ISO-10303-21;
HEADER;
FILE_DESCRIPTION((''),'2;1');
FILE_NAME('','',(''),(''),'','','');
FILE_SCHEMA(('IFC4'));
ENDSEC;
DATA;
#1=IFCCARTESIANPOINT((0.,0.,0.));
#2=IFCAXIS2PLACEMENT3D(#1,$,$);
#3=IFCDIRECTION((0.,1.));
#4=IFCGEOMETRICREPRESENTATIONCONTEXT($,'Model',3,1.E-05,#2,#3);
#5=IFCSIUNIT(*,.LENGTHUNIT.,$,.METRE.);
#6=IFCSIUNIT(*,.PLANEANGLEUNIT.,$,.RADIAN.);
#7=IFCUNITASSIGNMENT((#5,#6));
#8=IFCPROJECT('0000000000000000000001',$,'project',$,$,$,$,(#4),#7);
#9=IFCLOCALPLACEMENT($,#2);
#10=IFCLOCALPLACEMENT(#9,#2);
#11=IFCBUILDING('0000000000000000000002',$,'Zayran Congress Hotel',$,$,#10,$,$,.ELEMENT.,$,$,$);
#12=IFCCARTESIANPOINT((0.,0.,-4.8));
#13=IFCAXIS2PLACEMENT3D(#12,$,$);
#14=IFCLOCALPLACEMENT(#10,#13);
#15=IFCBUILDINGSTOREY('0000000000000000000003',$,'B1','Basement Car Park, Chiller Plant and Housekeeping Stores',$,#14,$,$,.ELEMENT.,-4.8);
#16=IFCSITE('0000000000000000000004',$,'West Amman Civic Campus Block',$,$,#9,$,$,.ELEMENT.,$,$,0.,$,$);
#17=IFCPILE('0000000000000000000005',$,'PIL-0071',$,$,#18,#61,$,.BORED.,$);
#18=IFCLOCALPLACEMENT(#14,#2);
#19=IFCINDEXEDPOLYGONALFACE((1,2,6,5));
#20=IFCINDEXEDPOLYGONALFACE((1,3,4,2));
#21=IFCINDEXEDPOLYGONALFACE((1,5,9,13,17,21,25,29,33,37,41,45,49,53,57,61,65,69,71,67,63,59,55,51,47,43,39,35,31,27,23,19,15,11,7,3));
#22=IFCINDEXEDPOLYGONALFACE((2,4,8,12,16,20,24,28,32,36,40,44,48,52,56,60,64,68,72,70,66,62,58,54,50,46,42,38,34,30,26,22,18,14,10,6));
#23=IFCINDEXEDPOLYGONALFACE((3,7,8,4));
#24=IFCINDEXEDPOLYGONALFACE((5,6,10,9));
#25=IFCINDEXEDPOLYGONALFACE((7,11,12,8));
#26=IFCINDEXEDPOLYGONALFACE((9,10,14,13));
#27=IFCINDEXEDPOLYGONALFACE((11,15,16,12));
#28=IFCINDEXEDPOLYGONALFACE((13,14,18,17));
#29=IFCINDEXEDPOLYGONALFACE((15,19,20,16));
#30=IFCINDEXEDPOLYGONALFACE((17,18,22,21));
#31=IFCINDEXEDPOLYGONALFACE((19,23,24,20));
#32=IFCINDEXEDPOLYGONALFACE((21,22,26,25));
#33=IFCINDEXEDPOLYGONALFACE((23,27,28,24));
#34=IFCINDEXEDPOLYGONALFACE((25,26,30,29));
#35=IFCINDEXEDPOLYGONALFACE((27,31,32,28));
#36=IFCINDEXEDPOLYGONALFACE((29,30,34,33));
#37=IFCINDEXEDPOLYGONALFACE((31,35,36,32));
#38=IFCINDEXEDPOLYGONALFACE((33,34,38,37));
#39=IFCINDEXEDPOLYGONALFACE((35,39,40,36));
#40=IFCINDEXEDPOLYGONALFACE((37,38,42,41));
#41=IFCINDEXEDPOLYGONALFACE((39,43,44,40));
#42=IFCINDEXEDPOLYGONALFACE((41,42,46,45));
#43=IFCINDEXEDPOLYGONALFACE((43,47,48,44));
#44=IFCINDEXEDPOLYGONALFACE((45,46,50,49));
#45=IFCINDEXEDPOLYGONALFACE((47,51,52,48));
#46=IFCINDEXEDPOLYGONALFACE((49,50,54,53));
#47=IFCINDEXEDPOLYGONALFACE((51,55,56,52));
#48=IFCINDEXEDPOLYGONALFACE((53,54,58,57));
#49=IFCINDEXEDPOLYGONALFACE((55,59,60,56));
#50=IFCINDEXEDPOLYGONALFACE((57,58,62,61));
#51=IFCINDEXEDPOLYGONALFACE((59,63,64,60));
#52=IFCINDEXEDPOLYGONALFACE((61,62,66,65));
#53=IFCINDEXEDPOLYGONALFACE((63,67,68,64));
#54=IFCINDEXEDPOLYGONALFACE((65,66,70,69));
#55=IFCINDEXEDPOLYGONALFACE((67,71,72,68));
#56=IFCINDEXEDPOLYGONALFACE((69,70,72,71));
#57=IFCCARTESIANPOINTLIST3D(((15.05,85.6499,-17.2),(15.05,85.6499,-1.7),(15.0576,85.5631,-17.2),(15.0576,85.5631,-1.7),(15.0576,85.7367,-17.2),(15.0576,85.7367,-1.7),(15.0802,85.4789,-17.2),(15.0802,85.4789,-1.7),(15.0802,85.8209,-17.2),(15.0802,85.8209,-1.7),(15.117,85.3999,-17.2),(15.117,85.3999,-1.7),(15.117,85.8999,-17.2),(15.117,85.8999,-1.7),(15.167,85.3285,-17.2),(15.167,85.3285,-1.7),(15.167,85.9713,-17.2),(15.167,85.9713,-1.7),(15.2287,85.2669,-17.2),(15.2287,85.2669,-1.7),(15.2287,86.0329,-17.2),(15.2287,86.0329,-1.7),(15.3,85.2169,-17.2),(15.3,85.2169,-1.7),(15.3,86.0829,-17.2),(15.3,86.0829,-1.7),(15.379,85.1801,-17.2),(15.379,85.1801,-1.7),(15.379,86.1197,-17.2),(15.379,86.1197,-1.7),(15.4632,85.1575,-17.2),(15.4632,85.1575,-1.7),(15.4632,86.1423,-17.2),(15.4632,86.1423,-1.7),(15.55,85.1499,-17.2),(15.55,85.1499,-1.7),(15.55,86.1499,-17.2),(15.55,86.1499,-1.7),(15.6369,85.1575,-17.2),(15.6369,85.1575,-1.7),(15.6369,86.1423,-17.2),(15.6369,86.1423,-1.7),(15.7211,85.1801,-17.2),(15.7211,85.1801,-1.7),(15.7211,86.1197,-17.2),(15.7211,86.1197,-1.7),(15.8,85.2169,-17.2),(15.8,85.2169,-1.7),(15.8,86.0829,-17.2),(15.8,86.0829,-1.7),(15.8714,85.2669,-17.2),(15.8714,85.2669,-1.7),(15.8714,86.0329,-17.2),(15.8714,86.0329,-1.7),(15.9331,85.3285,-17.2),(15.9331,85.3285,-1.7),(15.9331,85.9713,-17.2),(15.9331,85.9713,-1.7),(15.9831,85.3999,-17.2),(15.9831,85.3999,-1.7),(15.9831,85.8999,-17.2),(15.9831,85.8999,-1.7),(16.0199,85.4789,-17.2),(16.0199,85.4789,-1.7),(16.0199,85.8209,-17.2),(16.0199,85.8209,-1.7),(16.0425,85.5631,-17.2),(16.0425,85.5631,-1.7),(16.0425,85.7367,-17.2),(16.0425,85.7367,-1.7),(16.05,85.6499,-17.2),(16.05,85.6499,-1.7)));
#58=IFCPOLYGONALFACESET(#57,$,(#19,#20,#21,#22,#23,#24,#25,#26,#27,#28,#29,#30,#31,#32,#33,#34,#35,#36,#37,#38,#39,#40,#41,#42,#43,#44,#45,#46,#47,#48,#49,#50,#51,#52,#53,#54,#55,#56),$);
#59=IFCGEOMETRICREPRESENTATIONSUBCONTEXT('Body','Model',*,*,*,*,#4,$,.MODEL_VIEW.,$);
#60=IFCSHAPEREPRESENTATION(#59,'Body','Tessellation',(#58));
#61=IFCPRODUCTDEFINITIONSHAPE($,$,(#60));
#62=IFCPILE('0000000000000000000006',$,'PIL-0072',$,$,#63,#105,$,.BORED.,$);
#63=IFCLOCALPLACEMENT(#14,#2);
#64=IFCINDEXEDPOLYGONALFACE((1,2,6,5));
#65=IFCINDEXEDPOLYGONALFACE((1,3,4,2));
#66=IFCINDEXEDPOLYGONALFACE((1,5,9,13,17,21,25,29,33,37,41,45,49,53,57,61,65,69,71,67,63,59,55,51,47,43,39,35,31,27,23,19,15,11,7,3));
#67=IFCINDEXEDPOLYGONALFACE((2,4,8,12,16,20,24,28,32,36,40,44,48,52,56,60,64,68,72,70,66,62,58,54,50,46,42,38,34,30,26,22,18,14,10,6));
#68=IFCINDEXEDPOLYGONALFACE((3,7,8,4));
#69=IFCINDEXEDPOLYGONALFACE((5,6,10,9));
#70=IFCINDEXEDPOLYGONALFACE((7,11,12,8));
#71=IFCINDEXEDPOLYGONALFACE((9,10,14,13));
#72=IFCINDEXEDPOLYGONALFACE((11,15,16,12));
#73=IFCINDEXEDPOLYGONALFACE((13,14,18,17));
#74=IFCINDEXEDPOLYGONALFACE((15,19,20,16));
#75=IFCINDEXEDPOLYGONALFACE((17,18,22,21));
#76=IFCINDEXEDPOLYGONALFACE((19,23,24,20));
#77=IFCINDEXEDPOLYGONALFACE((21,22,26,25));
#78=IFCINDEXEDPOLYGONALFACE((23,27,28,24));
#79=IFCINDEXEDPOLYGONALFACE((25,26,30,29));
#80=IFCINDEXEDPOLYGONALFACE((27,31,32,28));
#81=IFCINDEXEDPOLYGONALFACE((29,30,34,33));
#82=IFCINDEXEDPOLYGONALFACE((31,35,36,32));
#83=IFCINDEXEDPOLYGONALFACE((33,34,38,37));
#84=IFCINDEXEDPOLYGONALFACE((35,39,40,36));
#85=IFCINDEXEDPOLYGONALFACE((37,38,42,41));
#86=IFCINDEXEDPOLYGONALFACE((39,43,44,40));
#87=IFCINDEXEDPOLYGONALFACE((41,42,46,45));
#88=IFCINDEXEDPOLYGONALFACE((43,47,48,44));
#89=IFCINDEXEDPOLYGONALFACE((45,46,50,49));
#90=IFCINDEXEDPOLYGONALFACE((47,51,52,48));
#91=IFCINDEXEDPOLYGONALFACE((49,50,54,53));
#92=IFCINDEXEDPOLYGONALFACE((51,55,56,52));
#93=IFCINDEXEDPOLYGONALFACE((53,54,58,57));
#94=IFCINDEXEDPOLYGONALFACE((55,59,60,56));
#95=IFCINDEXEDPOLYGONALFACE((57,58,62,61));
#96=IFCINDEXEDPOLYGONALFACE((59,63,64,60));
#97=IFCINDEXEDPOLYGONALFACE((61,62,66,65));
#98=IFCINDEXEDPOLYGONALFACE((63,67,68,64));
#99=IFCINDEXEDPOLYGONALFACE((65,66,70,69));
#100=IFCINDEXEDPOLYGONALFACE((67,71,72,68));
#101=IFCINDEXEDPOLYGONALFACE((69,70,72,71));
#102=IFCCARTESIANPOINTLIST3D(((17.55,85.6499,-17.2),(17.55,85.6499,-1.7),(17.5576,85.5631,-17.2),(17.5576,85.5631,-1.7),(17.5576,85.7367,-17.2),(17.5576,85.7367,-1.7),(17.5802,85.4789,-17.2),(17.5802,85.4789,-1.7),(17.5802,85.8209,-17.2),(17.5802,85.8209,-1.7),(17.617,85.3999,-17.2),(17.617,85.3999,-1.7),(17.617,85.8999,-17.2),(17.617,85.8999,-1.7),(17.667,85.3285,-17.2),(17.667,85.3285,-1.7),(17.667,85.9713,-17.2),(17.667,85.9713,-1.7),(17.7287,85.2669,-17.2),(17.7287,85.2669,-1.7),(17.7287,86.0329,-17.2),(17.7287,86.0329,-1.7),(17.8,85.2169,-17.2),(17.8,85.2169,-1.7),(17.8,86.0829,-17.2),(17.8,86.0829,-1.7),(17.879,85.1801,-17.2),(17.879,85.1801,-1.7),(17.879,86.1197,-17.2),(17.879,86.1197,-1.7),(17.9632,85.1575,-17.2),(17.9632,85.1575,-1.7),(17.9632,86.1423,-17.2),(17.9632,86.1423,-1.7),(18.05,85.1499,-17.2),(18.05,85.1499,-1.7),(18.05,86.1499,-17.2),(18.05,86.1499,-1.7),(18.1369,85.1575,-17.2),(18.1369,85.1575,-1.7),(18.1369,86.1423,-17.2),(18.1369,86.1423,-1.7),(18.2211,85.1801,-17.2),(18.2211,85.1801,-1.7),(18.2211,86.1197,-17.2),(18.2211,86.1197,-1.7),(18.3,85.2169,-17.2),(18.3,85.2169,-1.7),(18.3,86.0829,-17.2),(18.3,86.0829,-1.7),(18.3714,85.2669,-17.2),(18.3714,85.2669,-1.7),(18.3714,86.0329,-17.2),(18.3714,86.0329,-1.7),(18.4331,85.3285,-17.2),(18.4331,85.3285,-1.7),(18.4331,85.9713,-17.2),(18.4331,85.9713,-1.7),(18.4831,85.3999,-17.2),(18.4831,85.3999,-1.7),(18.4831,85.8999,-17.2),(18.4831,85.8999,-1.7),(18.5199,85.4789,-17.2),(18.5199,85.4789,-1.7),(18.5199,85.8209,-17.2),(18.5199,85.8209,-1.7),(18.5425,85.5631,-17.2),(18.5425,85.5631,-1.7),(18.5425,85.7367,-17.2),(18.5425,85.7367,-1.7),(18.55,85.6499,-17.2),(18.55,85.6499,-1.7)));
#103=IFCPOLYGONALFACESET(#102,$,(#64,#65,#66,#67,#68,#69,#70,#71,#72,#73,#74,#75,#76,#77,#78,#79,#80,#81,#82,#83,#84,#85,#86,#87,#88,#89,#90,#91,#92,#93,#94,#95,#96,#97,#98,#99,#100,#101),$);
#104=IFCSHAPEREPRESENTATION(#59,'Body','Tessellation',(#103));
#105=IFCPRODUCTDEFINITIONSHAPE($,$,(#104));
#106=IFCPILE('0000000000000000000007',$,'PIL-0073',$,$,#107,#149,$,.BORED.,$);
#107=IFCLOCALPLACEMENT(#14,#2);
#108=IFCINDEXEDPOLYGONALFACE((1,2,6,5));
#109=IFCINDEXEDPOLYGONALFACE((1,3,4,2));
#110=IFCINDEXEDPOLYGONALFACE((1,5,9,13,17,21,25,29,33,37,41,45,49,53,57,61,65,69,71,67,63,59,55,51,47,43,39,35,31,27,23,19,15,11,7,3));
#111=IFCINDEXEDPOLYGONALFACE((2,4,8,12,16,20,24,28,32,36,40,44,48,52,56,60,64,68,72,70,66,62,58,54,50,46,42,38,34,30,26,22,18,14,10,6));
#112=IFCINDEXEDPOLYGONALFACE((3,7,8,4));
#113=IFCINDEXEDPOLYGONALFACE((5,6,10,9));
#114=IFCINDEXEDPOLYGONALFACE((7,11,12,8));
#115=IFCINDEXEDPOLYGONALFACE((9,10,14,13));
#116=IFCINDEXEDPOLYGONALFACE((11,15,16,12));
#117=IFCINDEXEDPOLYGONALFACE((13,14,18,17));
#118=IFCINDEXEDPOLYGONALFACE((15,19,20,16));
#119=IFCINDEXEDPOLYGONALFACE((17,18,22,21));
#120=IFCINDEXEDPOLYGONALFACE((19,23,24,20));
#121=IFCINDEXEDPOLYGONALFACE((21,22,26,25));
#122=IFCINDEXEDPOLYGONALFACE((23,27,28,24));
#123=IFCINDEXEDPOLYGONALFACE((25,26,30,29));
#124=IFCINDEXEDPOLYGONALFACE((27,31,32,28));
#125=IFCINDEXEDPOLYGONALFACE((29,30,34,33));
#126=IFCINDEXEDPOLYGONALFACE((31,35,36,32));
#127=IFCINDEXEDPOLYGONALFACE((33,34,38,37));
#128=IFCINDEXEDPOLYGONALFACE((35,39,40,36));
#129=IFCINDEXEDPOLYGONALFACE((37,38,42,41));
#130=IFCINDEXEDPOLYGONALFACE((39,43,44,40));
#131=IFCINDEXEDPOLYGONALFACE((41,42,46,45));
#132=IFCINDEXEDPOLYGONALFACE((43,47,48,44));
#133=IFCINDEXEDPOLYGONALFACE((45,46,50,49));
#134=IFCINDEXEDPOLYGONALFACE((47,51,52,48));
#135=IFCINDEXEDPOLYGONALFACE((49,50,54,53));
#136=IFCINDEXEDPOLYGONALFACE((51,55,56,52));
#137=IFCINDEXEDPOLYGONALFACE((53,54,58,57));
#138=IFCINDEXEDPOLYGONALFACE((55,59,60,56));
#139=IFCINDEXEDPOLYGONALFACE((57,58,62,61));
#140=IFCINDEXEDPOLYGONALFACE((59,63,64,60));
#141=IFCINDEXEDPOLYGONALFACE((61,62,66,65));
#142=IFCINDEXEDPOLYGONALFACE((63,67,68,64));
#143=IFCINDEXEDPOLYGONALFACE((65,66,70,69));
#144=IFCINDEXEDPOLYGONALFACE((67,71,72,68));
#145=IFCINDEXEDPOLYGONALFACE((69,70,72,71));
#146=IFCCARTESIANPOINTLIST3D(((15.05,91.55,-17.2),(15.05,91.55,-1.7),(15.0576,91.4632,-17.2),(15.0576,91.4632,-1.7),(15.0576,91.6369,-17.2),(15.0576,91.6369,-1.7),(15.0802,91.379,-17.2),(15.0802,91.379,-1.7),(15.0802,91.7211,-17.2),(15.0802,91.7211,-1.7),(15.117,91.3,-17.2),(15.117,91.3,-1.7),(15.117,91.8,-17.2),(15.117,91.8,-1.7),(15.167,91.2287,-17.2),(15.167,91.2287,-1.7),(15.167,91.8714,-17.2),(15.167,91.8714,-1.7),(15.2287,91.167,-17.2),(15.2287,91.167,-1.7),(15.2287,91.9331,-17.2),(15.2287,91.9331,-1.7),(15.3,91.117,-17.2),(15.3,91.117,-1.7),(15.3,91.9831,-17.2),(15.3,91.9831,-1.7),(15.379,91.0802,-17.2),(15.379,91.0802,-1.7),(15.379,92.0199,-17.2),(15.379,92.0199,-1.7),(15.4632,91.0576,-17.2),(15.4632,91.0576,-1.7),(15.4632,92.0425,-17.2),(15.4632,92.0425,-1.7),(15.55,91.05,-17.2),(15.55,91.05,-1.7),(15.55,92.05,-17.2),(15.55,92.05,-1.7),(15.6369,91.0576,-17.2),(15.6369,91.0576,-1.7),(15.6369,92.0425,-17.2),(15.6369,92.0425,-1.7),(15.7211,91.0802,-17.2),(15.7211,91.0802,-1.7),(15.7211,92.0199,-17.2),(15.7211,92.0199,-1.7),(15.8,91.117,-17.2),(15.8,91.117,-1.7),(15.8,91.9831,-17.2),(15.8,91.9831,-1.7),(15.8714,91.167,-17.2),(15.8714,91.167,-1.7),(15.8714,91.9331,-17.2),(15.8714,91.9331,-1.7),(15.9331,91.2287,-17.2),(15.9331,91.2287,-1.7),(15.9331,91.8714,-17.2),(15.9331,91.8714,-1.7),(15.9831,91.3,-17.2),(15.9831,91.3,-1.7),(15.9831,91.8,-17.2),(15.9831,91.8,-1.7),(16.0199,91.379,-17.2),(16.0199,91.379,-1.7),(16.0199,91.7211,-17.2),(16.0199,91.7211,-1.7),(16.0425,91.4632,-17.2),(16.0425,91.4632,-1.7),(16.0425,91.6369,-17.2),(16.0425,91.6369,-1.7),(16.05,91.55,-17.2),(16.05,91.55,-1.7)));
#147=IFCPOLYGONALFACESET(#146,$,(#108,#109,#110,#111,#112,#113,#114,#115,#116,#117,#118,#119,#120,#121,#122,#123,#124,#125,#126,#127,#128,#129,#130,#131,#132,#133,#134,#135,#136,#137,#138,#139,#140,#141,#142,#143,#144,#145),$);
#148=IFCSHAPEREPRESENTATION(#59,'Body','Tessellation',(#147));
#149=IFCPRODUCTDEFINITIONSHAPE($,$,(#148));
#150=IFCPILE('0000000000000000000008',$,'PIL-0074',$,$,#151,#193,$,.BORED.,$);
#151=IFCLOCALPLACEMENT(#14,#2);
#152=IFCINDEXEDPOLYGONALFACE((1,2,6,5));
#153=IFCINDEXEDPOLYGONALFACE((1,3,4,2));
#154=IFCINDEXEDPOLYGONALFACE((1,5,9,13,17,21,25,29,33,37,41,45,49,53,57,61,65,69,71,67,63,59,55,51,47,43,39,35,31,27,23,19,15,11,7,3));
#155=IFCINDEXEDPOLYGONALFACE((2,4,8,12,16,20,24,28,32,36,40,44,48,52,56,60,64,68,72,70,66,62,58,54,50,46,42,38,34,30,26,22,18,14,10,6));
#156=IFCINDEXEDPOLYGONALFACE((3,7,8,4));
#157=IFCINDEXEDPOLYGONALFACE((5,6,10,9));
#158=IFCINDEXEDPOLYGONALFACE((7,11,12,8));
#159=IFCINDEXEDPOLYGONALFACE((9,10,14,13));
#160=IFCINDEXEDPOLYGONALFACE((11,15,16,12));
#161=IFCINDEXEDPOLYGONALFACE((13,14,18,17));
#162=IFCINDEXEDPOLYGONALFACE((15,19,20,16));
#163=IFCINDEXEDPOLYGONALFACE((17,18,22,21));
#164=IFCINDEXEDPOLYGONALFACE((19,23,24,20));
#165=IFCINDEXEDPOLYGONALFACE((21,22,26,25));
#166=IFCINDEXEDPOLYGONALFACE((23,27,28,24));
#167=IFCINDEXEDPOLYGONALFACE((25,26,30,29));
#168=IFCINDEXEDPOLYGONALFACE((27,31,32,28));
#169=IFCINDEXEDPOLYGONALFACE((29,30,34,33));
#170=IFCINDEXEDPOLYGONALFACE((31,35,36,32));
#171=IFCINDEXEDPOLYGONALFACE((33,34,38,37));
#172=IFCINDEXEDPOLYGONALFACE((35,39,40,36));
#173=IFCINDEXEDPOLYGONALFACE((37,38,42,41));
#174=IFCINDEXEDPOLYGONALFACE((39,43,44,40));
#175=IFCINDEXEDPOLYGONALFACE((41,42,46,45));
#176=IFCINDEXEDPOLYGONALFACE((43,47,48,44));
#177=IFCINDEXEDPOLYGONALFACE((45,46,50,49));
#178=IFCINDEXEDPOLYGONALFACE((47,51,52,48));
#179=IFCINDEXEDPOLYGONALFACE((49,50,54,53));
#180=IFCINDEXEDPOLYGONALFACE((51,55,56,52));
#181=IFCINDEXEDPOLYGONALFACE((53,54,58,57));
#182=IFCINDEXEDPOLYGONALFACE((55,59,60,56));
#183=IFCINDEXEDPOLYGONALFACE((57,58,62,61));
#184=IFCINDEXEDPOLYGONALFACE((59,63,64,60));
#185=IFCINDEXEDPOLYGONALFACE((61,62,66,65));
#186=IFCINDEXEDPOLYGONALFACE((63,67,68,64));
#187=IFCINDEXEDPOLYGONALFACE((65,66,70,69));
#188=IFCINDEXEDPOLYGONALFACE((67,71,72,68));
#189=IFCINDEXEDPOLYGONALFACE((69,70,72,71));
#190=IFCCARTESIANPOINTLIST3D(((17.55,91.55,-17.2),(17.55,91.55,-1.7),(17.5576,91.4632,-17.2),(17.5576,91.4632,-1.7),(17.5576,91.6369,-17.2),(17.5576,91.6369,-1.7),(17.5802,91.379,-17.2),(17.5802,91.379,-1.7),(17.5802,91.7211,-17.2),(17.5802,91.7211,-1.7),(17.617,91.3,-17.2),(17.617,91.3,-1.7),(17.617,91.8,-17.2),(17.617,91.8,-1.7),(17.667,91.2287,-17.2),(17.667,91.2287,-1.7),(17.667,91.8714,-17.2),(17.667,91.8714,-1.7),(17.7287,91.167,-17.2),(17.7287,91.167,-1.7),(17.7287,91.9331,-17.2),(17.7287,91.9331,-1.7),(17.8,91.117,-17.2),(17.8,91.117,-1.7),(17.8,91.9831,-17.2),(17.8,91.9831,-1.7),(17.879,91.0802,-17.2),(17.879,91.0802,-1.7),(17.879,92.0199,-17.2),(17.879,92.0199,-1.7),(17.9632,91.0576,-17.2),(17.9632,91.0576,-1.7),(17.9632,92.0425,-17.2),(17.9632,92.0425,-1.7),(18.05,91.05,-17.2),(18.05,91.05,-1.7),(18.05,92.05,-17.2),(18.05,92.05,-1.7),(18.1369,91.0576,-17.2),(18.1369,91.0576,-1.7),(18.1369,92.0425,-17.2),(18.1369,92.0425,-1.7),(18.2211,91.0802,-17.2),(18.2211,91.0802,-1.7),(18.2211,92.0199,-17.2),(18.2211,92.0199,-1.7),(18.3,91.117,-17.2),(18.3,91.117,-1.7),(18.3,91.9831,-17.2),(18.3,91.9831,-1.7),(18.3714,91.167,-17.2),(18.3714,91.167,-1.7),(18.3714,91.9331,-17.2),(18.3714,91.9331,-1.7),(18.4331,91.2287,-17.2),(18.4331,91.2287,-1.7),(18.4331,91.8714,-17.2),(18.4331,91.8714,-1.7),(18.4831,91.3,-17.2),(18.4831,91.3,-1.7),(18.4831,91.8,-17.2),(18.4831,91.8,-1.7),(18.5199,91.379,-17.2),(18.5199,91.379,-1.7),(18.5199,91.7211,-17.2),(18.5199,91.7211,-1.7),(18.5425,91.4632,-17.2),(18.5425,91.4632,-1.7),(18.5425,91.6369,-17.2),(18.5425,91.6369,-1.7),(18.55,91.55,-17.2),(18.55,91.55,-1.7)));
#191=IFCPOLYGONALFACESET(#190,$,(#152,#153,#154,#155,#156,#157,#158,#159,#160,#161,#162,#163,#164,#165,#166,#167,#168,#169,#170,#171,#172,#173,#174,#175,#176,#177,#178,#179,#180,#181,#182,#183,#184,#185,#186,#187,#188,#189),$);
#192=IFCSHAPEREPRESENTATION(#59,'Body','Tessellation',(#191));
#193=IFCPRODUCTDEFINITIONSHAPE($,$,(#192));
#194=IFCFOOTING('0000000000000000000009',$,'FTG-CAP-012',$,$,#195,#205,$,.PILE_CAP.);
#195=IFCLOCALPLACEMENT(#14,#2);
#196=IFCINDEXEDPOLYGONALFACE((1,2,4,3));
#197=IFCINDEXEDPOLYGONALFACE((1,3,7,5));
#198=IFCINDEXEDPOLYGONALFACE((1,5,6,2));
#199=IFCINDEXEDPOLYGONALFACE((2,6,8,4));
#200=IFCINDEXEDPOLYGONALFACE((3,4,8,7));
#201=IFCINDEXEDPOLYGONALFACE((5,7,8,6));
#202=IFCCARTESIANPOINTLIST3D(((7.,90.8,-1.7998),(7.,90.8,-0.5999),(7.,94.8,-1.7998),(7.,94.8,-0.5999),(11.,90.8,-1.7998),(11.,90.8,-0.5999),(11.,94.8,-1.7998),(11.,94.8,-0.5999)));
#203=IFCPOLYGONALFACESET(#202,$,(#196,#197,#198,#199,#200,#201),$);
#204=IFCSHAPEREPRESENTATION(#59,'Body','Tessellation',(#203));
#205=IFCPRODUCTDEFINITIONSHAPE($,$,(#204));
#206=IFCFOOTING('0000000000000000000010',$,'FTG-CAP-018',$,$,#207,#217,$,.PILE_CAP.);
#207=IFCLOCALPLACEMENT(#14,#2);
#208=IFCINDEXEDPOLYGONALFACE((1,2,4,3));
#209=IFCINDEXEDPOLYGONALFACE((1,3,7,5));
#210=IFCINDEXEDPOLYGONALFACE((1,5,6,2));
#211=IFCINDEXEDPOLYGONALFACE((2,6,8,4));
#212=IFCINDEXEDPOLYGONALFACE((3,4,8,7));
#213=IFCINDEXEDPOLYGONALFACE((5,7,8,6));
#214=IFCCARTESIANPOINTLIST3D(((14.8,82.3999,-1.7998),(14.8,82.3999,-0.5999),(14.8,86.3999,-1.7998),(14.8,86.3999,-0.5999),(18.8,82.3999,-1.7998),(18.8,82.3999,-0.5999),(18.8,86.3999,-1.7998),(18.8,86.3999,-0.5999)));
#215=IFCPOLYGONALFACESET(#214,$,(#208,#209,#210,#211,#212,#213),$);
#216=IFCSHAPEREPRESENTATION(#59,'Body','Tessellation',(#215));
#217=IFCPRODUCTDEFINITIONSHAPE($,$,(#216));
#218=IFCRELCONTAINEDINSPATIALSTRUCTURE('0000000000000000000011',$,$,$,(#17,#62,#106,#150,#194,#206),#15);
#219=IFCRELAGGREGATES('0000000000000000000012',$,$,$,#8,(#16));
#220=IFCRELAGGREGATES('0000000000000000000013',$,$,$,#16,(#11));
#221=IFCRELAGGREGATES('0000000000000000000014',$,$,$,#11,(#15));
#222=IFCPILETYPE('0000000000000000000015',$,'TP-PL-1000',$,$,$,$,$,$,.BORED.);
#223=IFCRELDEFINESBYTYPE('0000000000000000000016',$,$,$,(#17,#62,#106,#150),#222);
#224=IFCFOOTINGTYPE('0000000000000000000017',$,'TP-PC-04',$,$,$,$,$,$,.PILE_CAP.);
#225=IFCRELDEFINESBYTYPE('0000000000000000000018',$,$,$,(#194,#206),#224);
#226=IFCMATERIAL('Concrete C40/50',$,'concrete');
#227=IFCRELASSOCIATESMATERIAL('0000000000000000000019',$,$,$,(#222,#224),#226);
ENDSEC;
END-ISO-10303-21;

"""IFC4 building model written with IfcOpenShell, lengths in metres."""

from ifc_helpers import new_model, si_unit, direction, frame, origin, origin_2d, place, context, subcontext, project, spatial, rectangle, circle, extrude, material, material_profile, profile_set, type_object, element, save


model = new_model("IFC4")

# Units and contexts
model_context = context("Model", 3, precision=1e-05, world=origin(), true_north=direction((0.0, 1.0)))
body_context = subcontext(model_context, "Body", "Model", "MODEL_VIEW")
ifc_project = project(units=[si_unit("LENGTHUNIT", "METRE"), si_unit("PLANEANGLEUNIT", "RADIAN")], contexts=[model_context])

# Site, building, storey
site_placement = place(None, origin())
site = spatial("IfcSite", under=ifc_project, at=site_placement, Name="West Amman Civic Campus Block", CompositionType="ELEMENT", RefElevation=0.0)
building_placement = place(site_placement, origin())
building = spatial("IfcBuilding", under=site, at=building_placement, Name="Zayran Congress Hotel", CompositionType="ELEMENT")
storey_placement = place(building_placement, frame((0.0, 0.0, -4.8)))
storey = spatial("IfcBuildingStorey", under=building, at=storey_placement, Name="B1", Description="Basement Car Park, Chiller Plant and Housekeeping Stores", CompositionType="ELEMENT", Elevation=-4.8)

# Piles
ifc_material = material(Name="Concrete C40/50", Category="concrete")
ifc_material_profile_1 = material_profile(ifc_material, circle(Radius=0.5, at=origin_2d()), Name="PILE D1000")
ifc_profile_set_1 = profile_set([ifc_material_profile_1], Name="Concrete C40/50")
pile_type = type_object("IfcPileType", Name="TP-PL-1000", PredefinedType="BORED", material=ifc_profile_set_1)
for number, where, z_axis, x_axis, name in (
    (1, (15.55, 85.6499, -1.7), (0.0, 0.0, -1.0), (1.0, 0.0, 0.0), "PIL-0071"),
    (2, (18.05, 85.6499, -1.7), (0.0, 0.0, -1.0), (1.0, 0.0, 0.0), "PIL-0072"),
    (3, (15.55, 91.55, -1.7), (0.0, 0.0, -1.0), (1.0, 0.0, 0.0), "PIL-0073"),
    (4, (18.05, 91.55, -1.7), (0.0, 0.0, -1.0), (1.0, 0.0, 0.0), "PIL-0074"),
):
    element("IfcPile", number, at=place(storey_placement, frame(where, z_axis=z_axis, x_axis=x_axis)), inside=storey, type_object=pile_type, Name=name, PredefinedType="BORED", context=body_context, shape_type="SweptSolid", body=[
        extrude(circle(Radius=0.5, at=origin_2d()), origin(), (0.0, 0.0, 1.0), 15.5),
    ])

# Footings
footing_type_1 = type_object("IfcFootingType", Name="TP-PC-04", PredefinedType="PILE_CAP", material=ifc_material)
for number, where, z_axis, x_axis, name in (
    (5, (9.0, 92.8, -1.7998), (0.0, 0.0, 1.0), (1.0, 0.0, 0.0), "FTG-CAP-012"),
    (6, (16.8, 84.3999, -1.7998), (0.0, 0.0, 1.0), (1.0, 0.0, 0.0), "FTG-CAP-018"),
):
    element("IfcFooting", number, at=place(storey_placement, frame(where, z_axis=z_axis, x_axis=x_axis)), inside=storey, type_object=footing_type_1, Name=name, PredefinedType="PILE_CAP", context=body_context, shape_type="SweptSolid", body=[
        extrude(rectangle(XDim=4.0, YDim=4.0, at=origin_2d()), origin(), (0.0, 0.0, 1.0), 1.2),
    ])

save(model, "model.ifc")
